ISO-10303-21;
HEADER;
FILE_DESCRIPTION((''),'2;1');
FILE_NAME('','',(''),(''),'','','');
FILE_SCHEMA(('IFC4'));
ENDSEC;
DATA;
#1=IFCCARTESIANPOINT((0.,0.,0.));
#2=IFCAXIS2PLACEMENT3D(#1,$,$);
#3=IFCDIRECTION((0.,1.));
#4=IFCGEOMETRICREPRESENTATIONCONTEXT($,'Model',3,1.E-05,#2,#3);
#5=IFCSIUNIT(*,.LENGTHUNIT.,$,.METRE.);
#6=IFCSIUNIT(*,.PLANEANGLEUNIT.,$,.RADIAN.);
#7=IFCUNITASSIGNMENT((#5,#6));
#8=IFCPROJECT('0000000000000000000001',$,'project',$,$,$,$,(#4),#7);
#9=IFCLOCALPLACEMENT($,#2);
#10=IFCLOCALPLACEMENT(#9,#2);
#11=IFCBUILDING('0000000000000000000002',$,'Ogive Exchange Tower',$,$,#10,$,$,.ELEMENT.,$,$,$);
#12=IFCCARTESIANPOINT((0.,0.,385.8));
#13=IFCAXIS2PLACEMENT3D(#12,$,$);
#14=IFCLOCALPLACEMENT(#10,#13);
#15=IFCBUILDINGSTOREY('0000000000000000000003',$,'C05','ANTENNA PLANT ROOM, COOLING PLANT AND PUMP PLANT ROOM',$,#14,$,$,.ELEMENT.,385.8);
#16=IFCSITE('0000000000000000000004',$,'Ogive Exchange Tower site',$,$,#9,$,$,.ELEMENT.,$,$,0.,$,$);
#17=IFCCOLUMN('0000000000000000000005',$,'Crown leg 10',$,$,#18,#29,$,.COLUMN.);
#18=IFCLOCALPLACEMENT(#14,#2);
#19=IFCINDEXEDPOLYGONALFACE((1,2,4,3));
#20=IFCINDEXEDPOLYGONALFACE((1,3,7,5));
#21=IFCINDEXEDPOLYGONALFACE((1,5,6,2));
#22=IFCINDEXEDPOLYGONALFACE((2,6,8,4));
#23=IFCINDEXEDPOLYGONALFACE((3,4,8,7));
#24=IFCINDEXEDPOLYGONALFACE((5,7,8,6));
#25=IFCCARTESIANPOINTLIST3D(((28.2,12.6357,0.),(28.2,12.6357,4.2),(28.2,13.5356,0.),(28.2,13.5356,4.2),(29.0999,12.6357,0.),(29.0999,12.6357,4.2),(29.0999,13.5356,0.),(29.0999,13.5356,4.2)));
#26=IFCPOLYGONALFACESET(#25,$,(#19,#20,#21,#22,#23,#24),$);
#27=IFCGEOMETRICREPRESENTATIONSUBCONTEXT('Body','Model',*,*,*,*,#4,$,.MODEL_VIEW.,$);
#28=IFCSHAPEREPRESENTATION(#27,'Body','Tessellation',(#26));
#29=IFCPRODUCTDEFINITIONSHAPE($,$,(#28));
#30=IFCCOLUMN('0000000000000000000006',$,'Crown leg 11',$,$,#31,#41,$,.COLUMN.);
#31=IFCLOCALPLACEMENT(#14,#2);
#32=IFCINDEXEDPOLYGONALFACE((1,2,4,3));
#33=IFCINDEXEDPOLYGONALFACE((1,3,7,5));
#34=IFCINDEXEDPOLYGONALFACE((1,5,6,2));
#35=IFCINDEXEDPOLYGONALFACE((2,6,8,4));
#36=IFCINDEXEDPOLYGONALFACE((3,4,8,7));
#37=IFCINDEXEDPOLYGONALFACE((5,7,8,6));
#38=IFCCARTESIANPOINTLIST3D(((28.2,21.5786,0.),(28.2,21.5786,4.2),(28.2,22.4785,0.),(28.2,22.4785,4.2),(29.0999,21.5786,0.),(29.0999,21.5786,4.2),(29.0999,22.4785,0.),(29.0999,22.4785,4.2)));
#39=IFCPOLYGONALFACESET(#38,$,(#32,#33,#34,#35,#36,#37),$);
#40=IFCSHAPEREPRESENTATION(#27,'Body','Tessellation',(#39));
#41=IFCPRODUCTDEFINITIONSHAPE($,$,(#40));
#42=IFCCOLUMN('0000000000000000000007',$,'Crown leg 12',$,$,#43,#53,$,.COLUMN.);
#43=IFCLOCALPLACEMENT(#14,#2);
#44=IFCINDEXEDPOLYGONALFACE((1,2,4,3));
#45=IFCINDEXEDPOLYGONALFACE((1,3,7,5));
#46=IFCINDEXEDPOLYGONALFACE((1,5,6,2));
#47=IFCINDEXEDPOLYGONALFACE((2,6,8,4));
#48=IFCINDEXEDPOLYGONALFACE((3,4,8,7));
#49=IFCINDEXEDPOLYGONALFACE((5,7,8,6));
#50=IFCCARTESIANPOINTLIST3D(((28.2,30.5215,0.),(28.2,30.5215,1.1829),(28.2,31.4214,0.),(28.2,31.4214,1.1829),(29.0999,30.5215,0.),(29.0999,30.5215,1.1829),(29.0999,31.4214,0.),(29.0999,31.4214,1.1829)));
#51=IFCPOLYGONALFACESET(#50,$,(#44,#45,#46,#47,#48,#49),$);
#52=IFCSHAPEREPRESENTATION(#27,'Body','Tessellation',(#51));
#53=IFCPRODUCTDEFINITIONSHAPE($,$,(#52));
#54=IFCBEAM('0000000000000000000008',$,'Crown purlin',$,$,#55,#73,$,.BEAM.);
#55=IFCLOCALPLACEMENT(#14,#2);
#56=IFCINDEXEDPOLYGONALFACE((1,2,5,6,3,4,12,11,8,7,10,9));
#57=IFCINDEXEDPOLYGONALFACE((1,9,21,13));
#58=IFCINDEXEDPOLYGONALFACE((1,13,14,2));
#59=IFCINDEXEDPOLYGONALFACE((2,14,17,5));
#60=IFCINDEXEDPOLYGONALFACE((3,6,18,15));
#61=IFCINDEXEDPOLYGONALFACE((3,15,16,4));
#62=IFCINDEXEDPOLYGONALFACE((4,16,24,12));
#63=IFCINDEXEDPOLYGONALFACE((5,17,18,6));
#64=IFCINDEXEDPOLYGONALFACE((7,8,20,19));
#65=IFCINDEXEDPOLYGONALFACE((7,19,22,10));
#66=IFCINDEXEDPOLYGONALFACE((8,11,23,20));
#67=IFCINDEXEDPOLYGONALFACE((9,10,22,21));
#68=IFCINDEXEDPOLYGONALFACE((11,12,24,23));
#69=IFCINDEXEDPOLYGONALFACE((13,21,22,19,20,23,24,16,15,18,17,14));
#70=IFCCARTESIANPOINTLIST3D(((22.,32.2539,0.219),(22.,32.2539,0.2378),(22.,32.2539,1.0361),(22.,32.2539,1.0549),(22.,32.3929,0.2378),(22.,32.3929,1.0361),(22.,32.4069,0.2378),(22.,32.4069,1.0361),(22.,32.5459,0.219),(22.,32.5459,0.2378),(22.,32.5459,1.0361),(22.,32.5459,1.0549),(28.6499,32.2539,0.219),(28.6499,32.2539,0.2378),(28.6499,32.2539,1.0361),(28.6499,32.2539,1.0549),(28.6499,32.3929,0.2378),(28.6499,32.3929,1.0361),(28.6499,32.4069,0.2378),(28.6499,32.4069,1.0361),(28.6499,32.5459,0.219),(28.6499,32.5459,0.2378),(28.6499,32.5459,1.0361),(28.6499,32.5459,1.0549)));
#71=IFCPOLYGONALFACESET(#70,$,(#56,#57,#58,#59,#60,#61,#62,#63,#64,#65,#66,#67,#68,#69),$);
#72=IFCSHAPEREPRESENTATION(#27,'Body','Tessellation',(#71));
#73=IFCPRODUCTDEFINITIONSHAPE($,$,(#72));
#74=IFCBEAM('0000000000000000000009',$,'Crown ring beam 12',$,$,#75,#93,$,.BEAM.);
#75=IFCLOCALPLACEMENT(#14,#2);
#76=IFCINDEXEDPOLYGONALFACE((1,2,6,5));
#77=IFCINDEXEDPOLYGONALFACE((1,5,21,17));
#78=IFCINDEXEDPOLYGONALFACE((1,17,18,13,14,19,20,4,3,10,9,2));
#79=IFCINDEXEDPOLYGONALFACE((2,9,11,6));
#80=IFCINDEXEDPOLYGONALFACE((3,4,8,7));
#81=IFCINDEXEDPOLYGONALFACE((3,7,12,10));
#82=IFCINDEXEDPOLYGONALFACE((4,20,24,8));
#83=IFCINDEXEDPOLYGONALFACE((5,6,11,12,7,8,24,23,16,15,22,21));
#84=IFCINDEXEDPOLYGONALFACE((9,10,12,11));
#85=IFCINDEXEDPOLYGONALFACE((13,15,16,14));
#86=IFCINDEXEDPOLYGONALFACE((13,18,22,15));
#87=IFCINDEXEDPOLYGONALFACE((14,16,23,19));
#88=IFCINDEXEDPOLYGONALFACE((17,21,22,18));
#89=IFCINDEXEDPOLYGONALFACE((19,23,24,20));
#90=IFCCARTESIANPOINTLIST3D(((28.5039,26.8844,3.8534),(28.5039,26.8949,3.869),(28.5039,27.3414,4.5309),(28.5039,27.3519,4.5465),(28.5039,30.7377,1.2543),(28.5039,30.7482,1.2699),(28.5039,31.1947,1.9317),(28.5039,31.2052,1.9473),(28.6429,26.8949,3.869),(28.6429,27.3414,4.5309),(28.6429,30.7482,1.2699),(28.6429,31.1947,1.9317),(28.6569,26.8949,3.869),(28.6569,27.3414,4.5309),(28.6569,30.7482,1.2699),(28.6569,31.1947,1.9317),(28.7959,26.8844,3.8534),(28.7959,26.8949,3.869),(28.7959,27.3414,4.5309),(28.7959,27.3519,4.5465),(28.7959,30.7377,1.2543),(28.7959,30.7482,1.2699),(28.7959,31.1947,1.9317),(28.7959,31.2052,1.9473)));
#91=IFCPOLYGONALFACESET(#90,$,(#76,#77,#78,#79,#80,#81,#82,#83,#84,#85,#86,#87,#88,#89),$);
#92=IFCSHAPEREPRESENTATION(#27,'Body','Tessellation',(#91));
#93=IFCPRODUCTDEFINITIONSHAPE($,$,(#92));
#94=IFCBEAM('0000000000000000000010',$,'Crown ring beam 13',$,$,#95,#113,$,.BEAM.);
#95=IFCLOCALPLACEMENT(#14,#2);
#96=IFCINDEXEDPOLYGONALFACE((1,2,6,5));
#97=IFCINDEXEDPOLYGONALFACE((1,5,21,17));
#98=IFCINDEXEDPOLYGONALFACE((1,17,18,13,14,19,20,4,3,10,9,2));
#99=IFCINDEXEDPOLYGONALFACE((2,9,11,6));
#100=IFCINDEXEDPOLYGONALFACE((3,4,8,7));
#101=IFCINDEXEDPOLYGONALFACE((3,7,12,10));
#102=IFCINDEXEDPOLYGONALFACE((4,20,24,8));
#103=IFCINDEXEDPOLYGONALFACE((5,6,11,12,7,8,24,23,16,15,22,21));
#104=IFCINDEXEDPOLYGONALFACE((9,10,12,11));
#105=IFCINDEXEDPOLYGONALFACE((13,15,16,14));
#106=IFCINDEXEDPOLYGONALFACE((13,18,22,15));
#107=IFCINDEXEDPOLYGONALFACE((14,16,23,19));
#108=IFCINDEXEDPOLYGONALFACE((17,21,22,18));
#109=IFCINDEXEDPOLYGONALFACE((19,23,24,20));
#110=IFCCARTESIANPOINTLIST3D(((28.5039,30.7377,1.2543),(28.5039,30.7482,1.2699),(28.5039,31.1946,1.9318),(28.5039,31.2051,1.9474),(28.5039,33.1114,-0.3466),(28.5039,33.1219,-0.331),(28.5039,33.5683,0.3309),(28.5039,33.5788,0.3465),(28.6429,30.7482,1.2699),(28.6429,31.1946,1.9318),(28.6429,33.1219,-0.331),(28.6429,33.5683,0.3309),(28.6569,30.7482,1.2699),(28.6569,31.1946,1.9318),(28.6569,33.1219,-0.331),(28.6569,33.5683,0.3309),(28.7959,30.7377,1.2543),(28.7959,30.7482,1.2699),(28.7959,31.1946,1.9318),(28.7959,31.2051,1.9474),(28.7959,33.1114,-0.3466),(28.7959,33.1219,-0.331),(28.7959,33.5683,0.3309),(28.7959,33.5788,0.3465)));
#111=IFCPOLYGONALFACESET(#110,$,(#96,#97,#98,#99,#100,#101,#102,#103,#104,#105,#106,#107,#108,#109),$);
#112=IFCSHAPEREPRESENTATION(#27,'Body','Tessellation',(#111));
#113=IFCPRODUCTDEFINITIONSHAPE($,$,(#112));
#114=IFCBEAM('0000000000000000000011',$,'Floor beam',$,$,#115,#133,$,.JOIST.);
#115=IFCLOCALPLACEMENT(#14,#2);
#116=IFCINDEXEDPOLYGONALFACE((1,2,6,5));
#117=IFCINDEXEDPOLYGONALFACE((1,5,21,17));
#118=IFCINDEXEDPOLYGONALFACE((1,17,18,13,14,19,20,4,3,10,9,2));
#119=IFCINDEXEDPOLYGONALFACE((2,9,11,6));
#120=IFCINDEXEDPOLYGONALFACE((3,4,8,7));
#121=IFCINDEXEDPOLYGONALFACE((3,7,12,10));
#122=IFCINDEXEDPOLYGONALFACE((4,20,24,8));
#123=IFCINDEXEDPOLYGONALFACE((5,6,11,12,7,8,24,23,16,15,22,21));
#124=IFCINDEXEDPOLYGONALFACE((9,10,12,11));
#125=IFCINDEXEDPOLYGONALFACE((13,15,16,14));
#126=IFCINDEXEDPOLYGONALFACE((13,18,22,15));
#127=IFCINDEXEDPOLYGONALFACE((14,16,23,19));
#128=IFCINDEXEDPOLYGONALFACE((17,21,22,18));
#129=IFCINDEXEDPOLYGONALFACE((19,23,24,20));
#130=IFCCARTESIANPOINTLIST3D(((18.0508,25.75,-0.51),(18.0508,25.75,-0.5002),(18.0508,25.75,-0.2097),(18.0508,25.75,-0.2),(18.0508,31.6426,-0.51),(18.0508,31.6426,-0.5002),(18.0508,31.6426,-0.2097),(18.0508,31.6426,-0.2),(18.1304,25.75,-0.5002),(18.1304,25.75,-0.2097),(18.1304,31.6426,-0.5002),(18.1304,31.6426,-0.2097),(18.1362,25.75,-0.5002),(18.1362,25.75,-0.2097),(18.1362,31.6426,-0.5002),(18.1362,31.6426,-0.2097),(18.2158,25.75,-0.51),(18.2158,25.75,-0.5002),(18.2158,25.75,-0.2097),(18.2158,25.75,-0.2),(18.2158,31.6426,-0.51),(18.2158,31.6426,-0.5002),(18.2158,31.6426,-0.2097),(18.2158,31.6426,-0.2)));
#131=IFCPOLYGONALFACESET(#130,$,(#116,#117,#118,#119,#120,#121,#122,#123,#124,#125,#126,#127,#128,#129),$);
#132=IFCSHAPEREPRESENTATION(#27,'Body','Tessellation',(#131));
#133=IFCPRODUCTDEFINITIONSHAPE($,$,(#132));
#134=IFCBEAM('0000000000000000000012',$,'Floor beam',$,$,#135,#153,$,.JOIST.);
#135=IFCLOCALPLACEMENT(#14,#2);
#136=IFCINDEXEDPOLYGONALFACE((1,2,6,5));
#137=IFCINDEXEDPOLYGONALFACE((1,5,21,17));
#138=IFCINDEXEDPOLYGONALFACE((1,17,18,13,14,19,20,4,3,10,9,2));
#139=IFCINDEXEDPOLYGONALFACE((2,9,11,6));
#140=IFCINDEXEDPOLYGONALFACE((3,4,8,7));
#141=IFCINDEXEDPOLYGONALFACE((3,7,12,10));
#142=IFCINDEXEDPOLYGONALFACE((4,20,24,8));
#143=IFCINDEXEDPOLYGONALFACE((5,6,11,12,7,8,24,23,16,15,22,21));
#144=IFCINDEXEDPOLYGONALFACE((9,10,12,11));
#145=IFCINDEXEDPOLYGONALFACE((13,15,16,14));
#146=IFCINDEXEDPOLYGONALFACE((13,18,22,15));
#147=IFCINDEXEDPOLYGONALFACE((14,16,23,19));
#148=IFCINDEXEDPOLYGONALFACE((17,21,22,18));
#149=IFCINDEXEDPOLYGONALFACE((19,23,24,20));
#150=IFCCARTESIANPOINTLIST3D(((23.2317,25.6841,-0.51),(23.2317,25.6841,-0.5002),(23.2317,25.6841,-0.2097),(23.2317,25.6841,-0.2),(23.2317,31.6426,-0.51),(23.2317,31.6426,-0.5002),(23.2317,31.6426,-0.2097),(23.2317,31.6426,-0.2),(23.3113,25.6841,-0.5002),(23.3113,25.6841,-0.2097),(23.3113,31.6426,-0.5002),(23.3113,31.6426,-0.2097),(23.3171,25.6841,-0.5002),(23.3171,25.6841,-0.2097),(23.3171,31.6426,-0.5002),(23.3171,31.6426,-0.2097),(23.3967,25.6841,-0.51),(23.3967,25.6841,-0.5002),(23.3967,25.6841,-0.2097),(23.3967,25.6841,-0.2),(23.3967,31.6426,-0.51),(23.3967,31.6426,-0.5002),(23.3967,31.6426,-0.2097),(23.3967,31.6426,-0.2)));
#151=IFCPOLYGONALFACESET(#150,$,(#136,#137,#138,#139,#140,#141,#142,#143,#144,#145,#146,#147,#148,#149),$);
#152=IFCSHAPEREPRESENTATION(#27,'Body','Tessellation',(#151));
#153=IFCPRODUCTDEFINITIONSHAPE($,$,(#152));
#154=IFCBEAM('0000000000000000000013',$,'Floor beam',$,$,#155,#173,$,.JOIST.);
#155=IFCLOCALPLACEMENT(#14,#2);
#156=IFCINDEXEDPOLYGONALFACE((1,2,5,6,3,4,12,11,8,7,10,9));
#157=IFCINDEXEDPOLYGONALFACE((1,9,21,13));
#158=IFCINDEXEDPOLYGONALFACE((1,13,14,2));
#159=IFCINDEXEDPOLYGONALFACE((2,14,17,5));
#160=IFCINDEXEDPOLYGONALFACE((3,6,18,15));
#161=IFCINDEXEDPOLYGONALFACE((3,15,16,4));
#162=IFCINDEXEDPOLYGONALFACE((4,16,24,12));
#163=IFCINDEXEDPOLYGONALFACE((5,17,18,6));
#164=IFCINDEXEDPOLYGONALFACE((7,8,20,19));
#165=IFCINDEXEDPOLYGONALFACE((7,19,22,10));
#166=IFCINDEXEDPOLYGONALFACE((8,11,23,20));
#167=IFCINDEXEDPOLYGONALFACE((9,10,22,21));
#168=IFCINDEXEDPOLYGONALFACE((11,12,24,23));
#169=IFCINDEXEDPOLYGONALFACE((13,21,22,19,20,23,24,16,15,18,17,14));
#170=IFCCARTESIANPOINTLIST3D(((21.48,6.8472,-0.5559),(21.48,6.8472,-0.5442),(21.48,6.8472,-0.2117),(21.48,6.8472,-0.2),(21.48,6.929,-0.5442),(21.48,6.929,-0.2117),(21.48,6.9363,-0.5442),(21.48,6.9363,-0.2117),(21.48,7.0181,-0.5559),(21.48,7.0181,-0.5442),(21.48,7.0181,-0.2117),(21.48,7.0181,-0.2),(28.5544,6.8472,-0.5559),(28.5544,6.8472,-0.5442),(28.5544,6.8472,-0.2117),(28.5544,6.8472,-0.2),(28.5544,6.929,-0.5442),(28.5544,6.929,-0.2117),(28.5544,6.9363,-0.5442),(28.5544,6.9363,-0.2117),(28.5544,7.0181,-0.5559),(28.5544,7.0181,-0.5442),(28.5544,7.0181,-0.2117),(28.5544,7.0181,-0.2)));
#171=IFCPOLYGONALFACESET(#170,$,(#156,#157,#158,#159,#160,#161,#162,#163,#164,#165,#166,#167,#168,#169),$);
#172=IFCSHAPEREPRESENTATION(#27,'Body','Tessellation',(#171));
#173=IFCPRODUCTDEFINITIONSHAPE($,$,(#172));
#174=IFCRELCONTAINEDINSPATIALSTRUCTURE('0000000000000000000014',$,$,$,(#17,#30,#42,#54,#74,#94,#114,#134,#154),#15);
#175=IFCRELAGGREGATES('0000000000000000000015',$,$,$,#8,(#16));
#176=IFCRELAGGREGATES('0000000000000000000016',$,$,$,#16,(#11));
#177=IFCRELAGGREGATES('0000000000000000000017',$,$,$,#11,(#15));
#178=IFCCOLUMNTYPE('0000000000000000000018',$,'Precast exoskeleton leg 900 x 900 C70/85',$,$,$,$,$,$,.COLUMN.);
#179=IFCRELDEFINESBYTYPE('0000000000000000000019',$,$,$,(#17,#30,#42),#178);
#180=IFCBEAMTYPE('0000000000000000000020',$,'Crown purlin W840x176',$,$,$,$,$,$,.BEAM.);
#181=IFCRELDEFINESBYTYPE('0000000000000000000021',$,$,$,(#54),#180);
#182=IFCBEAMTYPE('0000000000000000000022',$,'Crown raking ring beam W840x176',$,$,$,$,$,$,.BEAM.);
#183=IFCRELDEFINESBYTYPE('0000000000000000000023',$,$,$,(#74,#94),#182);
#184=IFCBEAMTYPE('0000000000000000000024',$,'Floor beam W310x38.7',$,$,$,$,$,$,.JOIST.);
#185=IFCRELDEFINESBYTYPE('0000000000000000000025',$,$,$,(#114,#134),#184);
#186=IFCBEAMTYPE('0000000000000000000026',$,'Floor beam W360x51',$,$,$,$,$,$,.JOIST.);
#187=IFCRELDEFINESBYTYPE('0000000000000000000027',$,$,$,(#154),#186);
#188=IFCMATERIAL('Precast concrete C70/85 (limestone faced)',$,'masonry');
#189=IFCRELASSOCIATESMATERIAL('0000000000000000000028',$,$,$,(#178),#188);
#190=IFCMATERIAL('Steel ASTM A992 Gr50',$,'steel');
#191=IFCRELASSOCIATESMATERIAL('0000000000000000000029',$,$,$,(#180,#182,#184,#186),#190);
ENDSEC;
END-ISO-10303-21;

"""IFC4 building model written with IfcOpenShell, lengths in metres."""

from ifc_helpers import new_model, si_unit, direction, frame, origin, origin_2d, place, context, subcontext, project, spatial, rectangle, i_section, extrude, material, material_profile, profile_set, type_object, element, save


model = new_model("IFC4")

# Units and contexts
model_context = context("Model", 3, precision=1e-05, world=origin(), true_north=direction((0.0, 1.0)))
body_context = subcontext(model_context, "Body", "Model", "MODEL_VIEW")
ifc_project = project(units=[si_unit("LENGTHUNIT", "METRE"), si_unit("PLANEANGLEUNIT", "RADIAN")], contexts=[model_context])

# Site, building, storey
site_placement = place(None, origin())
site = spatial("IfcSite", under=ifc_project, at=site_placement, Name="Ogive Exchange Tower site", CompositionType="ELEMENT", RefElevation=0.0)
building_placement = place(site_placement, origin())
building = spatial("IfcBuilding", under=site, at=building_placement, Name="Ogive Exchange Tower", CompositionType="ELEMENT")
storey_placement = place(building_placement, frame((0.0, 0.0, 385.8)))
storey = spatial("IfcBuildingStorey", under=building, at=storey_placement, Name="C05", Description="ANTENNA PLANT ROOM, COOLING PLANT AND PUMP PLANT ROOM", CompositionType="ELEMENT", Elevation=385.8)

# Columns
ifc_material_1 = material(Name="Precast concrete C70/85 (limestone faced)", Category="masonry")
ifc_material_profile_1 = material_profile(ifc_material_1, rectangle(XDim=0.8999, YDim=0.8999, at=origin_2d()), Name="900 x 900")
ifc_profile_set_1 = profile_set([ifc_material_profile_1], Name="Precast concrete C70/85 (limestone faced)")
column_type = type_object("IfcColumnType", Name="Precast exoskeleton leg 900 x 900 C70/85", PredefinedType="COLUMN", material=ifc_profile_set_1)
for number, where, z_axis, x_axis, name in (
    (1, (28.6499, 13.0857, 0.0), (0.0, 0.0, 1.0), (1.0, 0.0, 0.0), "Crown leg 10"),
    (2, (28.6499, 22.0286, 0.0), (0.0, 0.0, 1.0), (1.0, 0.0, 0.0), "Crown leg 11"),
):
    element("IfcColumn", number, at=place(storey_placement, frame(where, z_axis=z_axis, x_axis=x_axis)), inside=storey, type_object=column_type, Name=name, PredefinedType="COLUMN", context=body_context, shape_type="SweptSolid", body=[
        extrude(rectangle(XDim=0.8999, YDim=0.8999, at=origin_2d()), origin(), (0.0, 0.0, 1.0), 4.2),
    ])
column_placement = place(storey_placement, frame((28.6499, 30.9714, 0.0), z_axis=(0.0, 0.0, 1.0), x_axis=(1.0, 0.0, 0.0)))
element("IfcColumn", 3, at=column_placement, inside=storey, type_object=column_type, Name="Crown leg 12", PredefinedType="COLUMN", context=body_context, shape_type="SweptSolid", body=[
    extrude(rectangle(XDim=0.8999, YDim=0.8999, at=origin_2d()), origin(), (0.0, 0.0, 1.0), 1.1829),
])

# Beams
ifc_material_2 = material(Name="Steel ASTM A992 Gr50", Category="steel")
ifc_material_profile_2 = material_profile(ifc_material_2, i_section(OverallWidth=0.292, OverallDepth=0.8359, WebThickness=0.0139, FlangeThickness=0.0188, at=origin_2d()), Name="W840x176")
ifc_profile_set_2 = profile_set([ifc_material_profile_2], Name="Steel ASTM A992 Gr50")
beam_type_1 = type_object("IfcBeamType", Name="Crown purlin W840x176", PredefinedType="BEAM", material=ifc_profile_set_2)
beam_1_placement = place(storey_placement, frame((22.0, 32.3999, 0.637), z_axis=(1.0, 0.0, 0.0), x_axis=(0.0, 1.0, 0.0)))
element("IfcBeam", 4, at=beam_1_placement, inside=storey, type_object=beam_type_1, Name="Crown purlin", PredefinedType="BEAM", context=body_context, shape_type="SweptSolid", body=[
    extrude(i_section(OverallWidth=0.292, OverallDepth=0.8359, WebThickness=0.0139, FlangeThickness=0.0188, at=origin_2d()), origin(), (0.0, 0.0, 1.0), 6.6499),
])
ifc_material_profile_3 = material_profile(ifc_material_2, i_section(OverallWidth=0.292, OverallDepth=0.8359, WebThickness=0.0139, FlangeThickness=0.0188, at=origin_2d()), Name="W840x176")
ifc_profile_set_3 = profile_set([ifc_material_profile_3], Name="Steel ASTM A992 Gr50")
beam_type_2 = type_object("IfcBeamType", Name="Crown raking ring beam W840x176", PredefinedType="BEAM", material=ifc_profile_set_3)
beam_2_placement = place(storey_placement, frame((28.6499, 27.1182, 4.2), z_axis=(0.0, 0.829032, -0.559201), x_axis=(-1.0, 0.0, 0.0)))
element("IfcBeam", 5, at=beam_2_placement, inside=storey, type_object=beam_type_2, Name="Crown ring beam 12", PredefinedType="BEAM", context=body_context, shape_type="SweptSolid", body=[
    extrude(i_section(OverallWidth=0.292, OverallDepth=0.8359, WebThickness=0.0139, FlangeThickness=0.0188, at=origin_2d()), origin(), (0.0, 0.0, 1.0), 4.6479),
])
beam_3_placement = place(storey_placement, frame((28.6499, 30.9714, 1.6008), z_axis=(0.0, 0.82906, -0.559159), x_axis=(-1.0, 0.0, 0.0)))
element("IfcBeam", 6, at=beam_3_placement, inside=storey, type_object=beam_type_2, Name="Crown ring beam 13", PredefinedType="BEAM", context=body_context, shape_type="SweptSolid", body=[
    extrude(i_section(OverallWidth=0.292, OverallDepth=0.8359, WebThickness=0.0139, FlangeThickness=0.0188, at=origin_2d()), origin(), (0.0, 0.0, 1.0), 2.863),
])
ifc_material_profile_4 = material_profile(ifc_material_2, i_section(OverallWidth=0.165, OverallDepth=0.3101, WebThickness=0.0059, FlangeThickness=0.0098, at=origin_2d()), Name="W310x38.7")
ifc_profile_set_4 = profile_set([ifc_material_profile_4], Name="Steel ASTM A992 Gr50")
beam_type_3 = type_object("IfcBeamType", Name="Floor beam W310x38.7", PredefinedType="JOIST", material=ifc_profile_set_4)
beam_4_placement = place(storey_placement, frame((18.1333, 25.75, -0.355), z_axis=(0.0, 1.0, 0.0), x_axis=(-1.0, 0.0, 0.0)))
element("IfcBeam", 7, at=beam_4_placement, inside=storey, type_object=beam_type_3, Name="Floor beam", PredefinedType="JOIST", context=body_context, shape_type="SweptSolid", body=[
    extrude(i_section(OverallWidth=0.165, OverallDepth=0.3101, WebThickness=0.0059, FlangeThickness=0.0098, at=origin_2d()), origin(), (0.0, 0.0, 1.0), 5.8926),
])
beam_5_placement = place(storey_placement, frame((23.3142, 25.6841, -0.355), z_axis=(0.0, 1.0, 0.0), x_axis=(-1.0, 0.0, 0.0)))
element("IfcBeam", 8, at=beam_5_placement, inside=storey, type_object=beam_type_3, Name="Floor beam", PredefinedType="JOIST", context=body_context, shape_type="SweptSolid", body=[
    extrude(i_section(OverallWidth=0.165, OverallDepth=0.3101, WebThickness=0.0059, FlangeThickness=0.0098, at=origin_2d()), origin(), (0.0, 0.0, 1.0), 5.9585),
])
ifc_material_profile_5 = material_profile(ifc_material_2, i_section(OverallWidth=0.1709, OverallDepth=0.356, WebThickness=0.0073, FlangeThickness=0.0117, at=origin_2d()), Name="W360x51")
ifc_profile_set_5 = profile_set([ifc_material_profile_5], Name="Steel ASTM A992 Gr50")
beam_type_4 = type_object("IfcBeamType", Name="Floor beam W360x51", PredefinedType="JOIST", material=ifc_profile_set_5)
for number, where, z_axis, x_axis, name in (
    (9, (21.48, 6.9326, -0.3779), (1.0, 0.0, 0.0), (0.0, 1.0, 0.0), "Floor beam"),
):
    element("IfcBeam", number, at=place(storey_placement, frame(where, z_axis=z_axis, x_axis=x_axis)), inside=storey, type_object=beam_type_4, Name=name, PredefinedType="JOIST", context=body_context, shape_type="SweptSolid", body=[
        extrude(i_section(OverallWidth=0.1709, OverallDepth=0.356, WebThickness=0.0073, FlangeThickness=0.0117, at=origin_2d()), origin(), (0.0, 0.0, 1.0), 7.0745),
    ])

save(model, "model.ifc")
